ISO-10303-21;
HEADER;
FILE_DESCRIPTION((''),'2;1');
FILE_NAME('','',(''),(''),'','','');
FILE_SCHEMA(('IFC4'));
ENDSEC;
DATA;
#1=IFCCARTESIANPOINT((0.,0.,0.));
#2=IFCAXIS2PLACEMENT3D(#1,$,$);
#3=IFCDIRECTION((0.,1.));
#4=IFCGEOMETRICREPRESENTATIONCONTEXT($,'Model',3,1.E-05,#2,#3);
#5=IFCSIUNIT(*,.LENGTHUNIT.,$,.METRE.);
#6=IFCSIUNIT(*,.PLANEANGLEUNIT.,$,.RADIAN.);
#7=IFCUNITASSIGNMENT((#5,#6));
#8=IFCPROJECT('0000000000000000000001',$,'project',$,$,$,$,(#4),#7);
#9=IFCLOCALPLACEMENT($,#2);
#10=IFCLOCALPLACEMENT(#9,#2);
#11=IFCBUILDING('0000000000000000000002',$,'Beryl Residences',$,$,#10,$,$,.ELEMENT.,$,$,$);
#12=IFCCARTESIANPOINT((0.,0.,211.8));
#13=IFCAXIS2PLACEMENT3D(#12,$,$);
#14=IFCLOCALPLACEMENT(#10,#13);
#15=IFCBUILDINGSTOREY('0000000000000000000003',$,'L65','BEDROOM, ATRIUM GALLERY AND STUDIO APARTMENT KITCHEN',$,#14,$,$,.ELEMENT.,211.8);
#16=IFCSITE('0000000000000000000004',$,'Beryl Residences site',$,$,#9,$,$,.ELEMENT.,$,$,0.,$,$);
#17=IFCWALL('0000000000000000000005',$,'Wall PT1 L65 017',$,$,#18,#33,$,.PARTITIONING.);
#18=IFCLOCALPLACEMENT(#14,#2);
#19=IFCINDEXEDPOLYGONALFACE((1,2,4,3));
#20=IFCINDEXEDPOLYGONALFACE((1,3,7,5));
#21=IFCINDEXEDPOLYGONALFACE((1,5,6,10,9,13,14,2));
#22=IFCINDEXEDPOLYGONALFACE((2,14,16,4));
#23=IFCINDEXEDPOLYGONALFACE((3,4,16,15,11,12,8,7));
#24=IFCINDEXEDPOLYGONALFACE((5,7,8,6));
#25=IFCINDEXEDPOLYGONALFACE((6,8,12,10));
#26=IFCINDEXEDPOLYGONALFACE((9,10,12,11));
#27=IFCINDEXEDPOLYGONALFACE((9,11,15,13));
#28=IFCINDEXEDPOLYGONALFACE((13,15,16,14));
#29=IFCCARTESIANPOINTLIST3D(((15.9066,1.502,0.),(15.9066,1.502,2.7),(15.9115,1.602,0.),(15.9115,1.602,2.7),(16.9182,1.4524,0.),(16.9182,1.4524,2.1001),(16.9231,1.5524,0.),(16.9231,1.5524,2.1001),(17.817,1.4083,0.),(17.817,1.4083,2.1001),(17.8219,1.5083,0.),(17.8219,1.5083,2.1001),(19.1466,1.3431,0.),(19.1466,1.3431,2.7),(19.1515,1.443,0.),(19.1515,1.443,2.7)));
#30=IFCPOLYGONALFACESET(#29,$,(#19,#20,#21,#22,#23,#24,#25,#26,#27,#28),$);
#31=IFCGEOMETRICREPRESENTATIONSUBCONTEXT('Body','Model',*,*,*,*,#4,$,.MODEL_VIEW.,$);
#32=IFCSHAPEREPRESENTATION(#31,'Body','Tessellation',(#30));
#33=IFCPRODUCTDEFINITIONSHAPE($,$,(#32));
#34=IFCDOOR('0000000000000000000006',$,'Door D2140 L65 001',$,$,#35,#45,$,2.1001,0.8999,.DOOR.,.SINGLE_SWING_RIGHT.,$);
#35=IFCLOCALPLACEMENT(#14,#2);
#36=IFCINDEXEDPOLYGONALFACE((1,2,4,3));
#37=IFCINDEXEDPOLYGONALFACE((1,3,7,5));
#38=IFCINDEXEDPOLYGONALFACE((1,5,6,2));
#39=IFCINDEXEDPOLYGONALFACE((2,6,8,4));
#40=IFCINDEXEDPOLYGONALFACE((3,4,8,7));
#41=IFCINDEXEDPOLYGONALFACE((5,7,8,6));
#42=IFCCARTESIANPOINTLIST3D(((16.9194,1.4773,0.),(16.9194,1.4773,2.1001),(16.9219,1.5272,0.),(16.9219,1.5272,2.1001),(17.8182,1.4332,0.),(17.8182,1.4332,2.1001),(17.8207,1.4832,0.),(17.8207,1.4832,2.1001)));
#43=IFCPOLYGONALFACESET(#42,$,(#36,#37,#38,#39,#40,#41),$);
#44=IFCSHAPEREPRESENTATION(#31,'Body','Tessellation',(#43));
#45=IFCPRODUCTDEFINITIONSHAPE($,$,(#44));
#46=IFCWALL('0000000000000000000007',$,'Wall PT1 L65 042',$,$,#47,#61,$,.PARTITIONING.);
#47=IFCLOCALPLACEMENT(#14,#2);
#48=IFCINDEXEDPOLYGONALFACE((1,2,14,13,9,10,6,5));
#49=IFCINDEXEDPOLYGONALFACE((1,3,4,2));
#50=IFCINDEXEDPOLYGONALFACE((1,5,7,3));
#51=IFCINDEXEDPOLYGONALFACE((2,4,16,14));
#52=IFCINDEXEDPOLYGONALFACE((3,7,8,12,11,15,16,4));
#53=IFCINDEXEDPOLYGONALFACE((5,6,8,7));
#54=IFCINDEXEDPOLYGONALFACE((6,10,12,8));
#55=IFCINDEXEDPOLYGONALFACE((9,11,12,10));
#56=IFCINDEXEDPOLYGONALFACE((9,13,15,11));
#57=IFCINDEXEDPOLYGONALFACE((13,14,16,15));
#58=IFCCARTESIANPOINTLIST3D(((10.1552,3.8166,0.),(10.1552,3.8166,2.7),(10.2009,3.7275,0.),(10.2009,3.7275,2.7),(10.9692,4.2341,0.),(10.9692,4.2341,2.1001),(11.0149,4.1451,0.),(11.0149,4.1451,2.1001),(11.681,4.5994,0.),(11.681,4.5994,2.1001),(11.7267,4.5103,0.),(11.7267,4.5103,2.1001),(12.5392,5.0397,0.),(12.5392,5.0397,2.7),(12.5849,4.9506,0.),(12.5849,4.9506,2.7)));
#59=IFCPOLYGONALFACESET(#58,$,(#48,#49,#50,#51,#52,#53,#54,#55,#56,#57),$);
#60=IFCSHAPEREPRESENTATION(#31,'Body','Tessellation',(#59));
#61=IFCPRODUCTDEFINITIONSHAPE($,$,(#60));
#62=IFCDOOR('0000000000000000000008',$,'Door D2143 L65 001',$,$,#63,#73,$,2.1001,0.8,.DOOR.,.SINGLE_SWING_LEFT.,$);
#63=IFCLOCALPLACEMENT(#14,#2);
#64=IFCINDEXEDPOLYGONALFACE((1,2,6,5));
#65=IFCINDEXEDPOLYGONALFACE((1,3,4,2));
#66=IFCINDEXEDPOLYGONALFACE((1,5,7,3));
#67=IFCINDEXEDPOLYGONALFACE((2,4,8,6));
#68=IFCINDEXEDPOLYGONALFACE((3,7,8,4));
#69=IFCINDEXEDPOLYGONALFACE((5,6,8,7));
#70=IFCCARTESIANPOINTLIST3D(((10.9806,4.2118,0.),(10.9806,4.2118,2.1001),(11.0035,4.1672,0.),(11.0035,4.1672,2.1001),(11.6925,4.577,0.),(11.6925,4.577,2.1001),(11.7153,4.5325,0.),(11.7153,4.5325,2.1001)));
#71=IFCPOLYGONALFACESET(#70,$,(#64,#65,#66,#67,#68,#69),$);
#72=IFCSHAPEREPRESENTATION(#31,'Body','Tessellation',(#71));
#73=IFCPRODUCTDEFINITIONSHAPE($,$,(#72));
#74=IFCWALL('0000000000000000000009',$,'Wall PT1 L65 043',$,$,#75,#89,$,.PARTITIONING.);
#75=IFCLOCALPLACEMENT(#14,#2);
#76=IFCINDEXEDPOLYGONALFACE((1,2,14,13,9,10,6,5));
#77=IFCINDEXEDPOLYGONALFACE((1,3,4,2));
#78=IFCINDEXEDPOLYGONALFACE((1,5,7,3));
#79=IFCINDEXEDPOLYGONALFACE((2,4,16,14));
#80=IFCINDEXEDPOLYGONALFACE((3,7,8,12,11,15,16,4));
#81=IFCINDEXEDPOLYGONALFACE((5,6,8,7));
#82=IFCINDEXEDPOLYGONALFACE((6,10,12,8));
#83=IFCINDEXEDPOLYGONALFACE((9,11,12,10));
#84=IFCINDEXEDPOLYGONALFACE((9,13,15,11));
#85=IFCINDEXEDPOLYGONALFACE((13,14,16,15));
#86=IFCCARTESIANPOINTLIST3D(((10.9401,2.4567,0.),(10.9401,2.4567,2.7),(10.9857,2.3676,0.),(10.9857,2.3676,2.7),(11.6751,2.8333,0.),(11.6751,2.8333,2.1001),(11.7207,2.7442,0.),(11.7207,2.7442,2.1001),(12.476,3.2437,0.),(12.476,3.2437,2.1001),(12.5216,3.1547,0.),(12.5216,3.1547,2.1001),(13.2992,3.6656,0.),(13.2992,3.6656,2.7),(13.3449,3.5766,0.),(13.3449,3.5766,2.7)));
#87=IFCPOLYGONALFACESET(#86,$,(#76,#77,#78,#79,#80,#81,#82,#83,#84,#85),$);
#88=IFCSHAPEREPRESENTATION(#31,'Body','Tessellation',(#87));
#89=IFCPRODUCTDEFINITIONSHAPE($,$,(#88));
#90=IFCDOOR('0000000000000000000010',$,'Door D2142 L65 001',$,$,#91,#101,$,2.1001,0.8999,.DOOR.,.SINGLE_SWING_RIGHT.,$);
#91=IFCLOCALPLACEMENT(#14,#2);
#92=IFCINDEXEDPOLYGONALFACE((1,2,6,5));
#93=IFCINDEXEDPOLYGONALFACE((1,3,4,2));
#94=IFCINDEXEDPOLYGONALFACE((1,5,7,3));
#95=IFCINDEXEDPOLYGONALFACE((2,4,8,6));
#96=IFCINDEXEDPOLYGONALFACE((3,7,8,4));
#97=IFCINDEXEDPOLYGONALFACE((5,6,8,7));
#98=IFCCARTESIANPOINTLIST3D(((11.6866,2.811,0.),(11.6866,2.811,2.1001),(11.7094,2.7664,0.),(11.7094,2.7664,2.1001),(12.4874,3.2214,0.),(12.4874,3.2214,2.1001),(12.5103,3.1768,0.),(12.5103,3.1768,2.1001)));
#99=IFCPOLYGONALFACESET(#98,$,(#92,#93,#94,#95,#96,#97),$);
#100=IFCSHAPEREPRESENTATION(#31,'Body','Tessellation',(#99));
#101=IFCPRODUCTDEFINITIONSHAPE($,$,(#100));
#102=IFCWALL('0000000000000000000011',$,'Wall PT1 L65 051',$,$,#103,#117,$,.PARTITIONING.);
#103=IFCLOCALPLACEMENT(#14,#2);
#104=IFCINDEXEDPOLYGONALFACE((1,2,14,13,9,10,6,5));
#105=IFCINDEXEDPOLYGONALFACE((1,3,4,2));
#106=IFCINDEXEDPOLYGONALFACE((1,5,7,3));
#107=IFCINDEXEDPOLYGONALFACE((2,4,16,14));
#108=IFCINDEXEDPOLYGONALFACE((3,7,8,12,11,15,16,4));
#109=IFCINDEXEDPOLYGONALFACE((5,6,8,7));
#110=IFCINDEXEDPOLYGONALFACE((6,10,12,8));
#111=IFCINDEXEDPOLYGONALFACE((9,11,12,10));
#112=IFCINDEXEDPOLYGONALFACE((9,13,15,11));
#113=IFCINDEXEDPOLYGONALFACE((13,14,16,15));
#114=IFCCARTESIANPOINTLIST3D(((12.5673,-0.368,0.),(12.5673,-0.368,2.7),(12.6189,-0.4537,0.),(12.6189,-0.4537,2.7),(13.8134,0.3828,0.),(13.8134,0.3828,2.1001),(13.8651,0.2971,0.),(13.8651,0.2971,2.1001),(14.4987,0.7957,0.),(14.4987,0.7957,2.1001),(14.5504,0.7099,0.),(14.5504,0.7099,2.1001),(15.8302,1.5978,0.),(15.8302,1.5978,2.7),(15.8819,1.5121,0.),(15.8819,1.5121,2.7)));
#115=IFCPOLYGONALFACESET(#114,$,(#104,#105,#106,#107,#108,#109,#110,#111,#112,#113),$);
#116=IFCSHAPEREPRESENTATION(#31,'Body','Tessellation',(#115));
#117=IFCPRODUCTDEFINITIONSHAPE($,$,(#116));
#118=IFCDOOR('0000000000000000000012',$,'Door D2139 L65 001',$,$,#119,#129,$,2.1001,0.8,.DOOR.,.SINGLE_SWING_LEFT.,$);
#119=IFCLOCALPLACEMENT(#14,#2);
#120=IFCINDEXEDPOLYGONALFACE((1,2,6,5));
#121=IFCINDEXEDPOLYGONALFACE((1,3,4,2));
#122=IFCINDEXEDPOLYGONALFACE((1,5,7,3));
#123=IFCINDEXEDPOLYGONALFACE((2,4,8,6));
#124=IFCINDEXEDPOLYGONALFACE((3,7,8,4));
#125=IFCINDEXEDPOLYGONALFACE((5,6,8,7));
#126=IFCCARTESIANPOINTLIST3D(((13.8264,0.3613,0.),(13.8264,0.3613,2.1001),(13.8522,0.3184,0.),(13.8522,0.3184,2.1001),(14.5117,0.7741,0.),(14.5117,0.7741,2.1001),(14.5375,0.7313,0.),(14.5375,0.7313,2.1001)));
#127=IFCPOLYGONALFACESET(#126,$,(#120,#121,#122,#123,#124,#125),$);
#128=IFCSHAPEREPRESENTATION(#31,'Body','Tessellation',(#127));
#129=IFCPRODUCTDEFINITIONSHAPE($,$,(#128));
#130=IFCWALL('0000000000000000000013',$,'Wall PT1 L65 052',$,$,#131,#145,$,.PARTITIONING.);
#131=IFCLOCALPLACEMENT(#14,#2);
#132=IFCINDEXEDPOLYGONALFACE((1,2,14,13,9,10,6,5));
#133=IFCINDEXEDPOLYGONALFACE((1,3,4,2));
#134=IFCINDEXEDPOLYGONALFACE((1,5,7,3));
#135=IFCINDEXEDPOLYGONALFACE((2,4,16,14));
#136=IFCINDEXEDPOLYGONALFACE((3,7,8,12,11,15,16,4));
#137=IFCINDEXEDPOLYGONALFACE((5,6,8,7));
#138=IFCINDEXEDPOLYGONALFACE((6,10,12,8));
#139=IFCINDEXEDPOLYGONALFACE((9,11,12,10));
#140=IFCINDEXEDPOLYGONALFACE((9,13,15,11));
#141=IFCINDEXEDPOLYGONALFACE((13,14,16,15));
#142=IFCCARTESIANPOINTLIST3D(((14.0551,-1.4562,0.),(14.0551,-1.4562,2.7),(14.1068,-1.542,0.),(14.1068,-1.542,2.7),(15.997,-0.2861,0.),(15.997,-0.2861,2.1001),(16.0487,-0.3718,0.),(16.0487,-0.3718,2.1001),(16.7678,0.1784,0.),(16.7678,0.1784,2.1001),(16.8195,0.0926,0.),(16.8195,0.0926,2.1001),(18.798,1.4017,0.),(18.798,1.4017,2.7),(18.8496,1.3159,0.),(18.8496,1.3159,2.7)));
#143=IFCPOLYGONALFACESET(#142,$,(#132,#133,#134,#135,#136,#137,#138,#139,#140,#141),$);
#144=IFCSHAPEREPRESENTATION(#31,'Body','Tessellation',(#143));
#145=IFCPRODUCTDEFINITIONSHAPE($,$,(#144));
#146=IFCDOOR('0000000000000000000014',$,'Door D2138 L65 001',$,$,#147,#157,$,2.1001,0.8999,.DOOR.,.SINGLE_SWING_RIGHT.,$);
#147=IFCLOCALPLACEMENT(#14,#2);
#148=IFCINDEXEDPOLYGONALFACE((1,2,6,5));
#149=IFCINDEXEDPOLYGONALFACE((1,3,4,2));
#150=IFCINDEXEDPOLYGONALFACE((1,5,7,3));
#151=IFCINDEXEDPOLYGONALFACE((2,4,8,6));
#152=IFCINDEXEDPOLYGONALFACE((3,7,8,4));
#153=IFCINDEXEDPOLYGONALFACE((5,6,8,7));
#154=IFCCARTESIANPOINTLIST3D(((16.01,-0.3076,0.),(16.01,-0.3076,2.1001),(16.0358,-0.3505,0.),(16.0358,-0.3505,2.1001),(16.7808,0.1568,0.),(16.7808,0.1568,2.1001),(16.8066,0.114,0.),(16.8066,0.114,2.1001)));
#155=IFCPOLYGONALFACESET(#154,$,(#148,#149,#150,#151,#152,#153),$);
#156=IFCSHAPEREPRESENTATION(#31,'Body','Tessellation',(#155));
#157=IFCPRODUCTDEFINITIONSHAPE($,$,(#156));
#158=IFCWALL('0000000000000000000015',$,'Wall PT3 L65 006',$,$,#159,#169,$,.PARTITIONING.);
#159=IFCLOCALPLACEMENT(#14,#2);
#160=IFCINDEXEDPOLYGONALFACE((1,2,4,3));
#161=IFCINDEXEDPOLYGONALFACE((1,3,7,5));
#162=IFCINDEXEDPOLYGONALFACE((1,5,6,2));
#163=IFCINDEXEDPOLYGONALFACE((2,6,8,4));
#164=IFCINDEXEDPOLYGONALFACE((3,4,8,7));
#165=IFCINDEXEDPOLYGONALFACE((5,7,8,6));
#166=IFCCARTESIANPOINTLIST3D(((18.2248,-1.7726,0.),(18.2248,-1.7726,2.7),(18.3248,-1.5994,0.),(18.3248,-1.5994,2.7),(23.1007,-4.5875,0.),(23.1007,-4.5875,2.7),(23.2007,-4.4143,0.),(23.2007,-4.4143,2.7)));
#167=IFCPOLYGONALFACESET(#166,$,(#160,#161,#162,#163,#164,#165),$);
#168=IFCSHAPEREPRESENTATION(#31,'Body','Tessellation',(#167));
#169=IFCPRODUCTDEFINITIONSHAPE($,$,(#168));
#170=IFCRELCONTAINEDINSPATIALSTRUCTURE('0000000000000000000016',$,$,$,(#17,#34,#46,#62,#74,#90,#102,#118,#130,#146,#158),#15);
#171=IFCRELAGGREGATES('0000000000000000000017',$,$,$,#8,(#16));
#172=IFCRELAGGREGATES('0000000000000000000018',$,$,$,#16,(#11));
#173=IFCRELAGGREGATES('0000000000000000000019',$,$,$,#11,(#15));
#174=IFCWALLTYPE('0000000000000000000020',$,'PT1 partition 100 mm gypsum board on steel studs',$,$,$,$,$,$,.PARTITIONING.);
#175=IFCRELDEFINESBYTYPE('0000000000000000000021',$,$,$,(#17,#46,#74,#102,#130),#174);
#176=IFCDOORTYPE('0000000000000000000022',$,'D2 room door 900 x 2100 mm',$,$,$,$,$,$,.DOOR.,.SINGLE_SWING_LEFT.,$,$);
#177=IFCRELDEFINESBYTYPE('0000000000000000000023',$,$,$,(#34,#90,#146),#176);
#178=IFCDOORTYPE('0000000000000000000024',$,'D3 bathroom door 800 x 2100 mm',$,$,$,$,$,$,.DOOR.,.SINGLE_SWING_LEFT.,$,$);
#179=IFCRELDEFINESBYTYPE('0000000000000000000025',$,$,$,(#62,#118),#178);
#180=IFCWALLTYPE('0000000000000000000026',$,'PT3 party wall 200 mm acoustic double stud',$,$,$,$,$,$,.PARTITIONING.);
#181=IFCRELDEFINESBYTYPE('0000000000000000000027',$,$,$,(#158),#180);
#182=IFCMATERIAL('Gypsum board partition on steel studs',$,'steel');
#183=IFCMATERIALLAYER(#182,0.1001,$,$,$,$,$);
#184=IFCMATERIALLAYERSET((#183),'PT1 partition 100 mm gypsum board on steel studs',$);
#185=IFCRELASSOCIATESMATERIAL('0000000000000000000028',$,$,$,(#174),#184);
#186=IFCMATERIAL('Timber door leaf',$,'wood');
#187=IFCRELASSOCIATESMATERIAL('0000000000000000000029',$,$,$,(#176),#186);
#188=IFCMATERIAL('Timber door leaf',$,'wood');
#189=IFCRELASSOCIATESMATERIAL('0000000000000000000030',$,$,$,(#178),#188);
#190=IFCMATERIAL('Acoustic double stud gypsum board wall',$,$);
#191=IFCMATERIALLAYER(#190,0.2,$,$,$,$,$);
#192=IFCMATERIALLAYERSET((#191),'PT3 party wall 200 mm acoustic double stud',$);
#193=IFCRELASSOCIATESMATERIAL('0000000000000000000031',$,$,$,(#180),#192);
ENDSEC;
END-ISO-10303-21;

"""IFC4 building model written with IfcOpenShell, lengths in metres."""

from ifc_helpers import new_model, si_unit, direction, frame, frame_2d, origin, place, context, subcontext, project, spatial, rectangle, extrude, material, layer, layer_set, type_object, element, fill, save


model = new_model("IFC4")

# Units and contexts
model_context = context("Model", 3, precision=1e-05, world=origin(), true_north=direction((0.0, 1.0)))
body_context = subcontext(model_context, "Body", "Model", "MODEL_VIEW")
ifc_project = project(units=[si_unit("LENGTHUNIT", "METRE"), si_unit("PLANEANGLEUNIT", "RADIAN")], contexts=[model_context])

# Site, building, storey
site_placement = place(None, origin())
site = spatial("IfcSite", under=ifc_project, at=site_placement, Name="Beryl Residences site", CompositionType="ELEMENT", RefElevation=0.0)
building_placement = place(site_placement, origin())
building = spatial("IfcBuilding", under=site, at=building_placement, Name="Beryl Residences", CompositionType="ELEMENT")
storey_placement = place(building_placement, frame((0.0, 0.0, 211.8)))
storey = spatial("IfcBuildingStorey", under=building, at=storey_placement, Name="L65", Description="BEDROOM, ATRIUM GALLERY AND STUDIO APARTMENT KITCHEN", CompositionType="ELEMENT", Elevation=211.8)

# Shared definitions
ifc_material_1 = material(Name="Gypsum board partition on steel studs", Category="steel")
ifc_layer_1 = layer(ifc_material_1, 0.1001)
ifc_layer_set_1 = layer_set([ifc_layer_1], Name="PT1 partition 100 mm gypsum board on steel studs")
wall_type_1 = type_object("IfcWallType", Name="PT1 partition 100 mm gypsum board on steel studs", PredefinedType="PARTITIONING", material=ifc_layer_set_1)

# Walls, openings, doors
wall_1_placement = place(storey_placement, frame((15.9089, 1.552, 0.0), z_axis=(0.0, 0.0, 1.0), x_axis=(0.998799, -0.048995, 0.0)))
wall_1 = element("IfcWall", 1, at=wall_1_placement, inside=storey, type_object=wall_type_1, Name="Wall PT1 L65 017", PredefinedType="PARTITIONING", context=body_context, shape_type="SweptSolid", body=[
    extrude(rectangle(XDim=3.2439, YDim=0.1001, at=frame_2d((1.6221, 0.0))), origin(), (0.0, 0.0, 1.0), 2.7),
])
opening_1_placement = place(wall_1_placement, frame((1.0129, 0.0, 0.0)))
opening_1 = element("IfcOpeningElement", 2, at=opening_1_placement, cuts=wall_1, PredefinedType="OPENING", context=body_context, shape_type="SweptSolid", body=[
    extrude(rectangle(XDim=0.8999, YDim=2.1001, at=frame_2d((0.45, 1.05))), frame((0.0, 0.0601, 0.0), z_axis=(0.0, -1.0, 0.0), x_axis=(1.0, 0.0, 0.0)), (0.0, 0.0, 1.0), 0.1201),
])
ifc_material_2 = material(Name="Timber door leaf", Category="wood")
door_type_1 = type_object("IfcDoorType", Name="D2 room door 900 x 2100 mm", OperationType="SINGLE_SWING_LEFT", PredefinedType="DOOR", material=ifc_material_2)
door_1_placement = place(opening_1_placement, origin())
door_1 = element("IfcDoor", 3, at=door_1_placement, inside=storey, type_object=door_type_1, Name="Door D2140 L65 001", OperationType="SINGLE_SWING_RIGHT", OverallHeight=2.1001, OverallWidth=0.8999, PredefinedType="DOOR", context=body_context, shape_type="SweptSolid", body=[
    extrude(rectangle(XDim=0.8999, YDim=2.1001, at=frame_2d((0.45, 1.05))), frame((0.0, 0.0249, 0.0), z_axis=(0.0, -1.0, 0.0), x_axis=(1.0, 0.0, 0.0)), (0.0, 0.0, 1.0), 0.05),
])
fill(opening_1, door_1)
wall_2_placement = place(storey_placement, frame((10.178, 3.772, 0.0), z_axis=(0.0, 0.0, 1.0), x_axis=(0.889732, 0.456483, 0.0)))
wall_2 = element("IfcWall", 4, at=wall_2_placement, inside=storey, type_object=wall_type_1, Name="Wall PT1 L65 042", PredefinedType="PARTITIONING", context=body_context, shape_type="SweptSolid", body=[
    extrude(rectangle(XDim=2.6794, YDim=0.1001, at=frame_2d((1.3398, 0.0))), origin(), (0.0, 0.0, 1.0), 2.7),
])
opening_2_placement = place(wall_2_placement, frame((0.915, 0.0, 0.0)))
opening_2 = element("IfcOpeningElement", 5, at=opening_2_placement, cuts=wall_2, PredefinedType="OPENING", context=body_context, shape_type="SweptSolid", body=[
    extrude(rectangle(XDim=0.8, YDim=2.1001, at=frame_2d((0.3999, 1.05))), frame((0.0, 0.0601, 0.0), z_axis=(0.0, -1.0, 0.0), x_axis=(1.0, 0.0, 0.0)), (0.0, 0.0, 1.0), 0.1201),
])
ifc_material_3 = material(Name="Timber door leaf", Category="wood")
door_type_2 = type_object("IfcDoorType", Name="D3 bathroom door 800 x 2100 mm", OperationType="SINGLE_SWING_LEFT", PredefinedType="DOOR", material=ifc_material_3)
door_2_placement = place(opening_2_placement, origin())
door_2 = element("IfcDoor", 6, at=door_2_placement, inside=storey, type_object=door_type_2, Name="Door D2143 L65 001", OperationType="SINGLE_SWING_LEFT", OverallHeight=2.1001, OverallWidth=0.8, PredefinedType="DOOR", context=body_context, shape_type="SweptSolid", body=[
    extrude(rectangle(XDim=0.8, YDim=2.1001, at=frame_2d((0.3999, 1.05))), frame((0.0, 0.0249, 0.0), z_axis=(0.0, -1.0, 0.0), x_axis=(1.0, 0.0, 0.0)), (0.0, 0.0, 1.0), 0.05),
])
fill(opening_2, door_2)
wall_3_placement = place(storey_placement, frame((10.9629, 2.4121, 0.0), z_axis=(0.0, 0.0, 1.0), x_axis=(0.889944, 0.45607, 0.0)))
wall_3 = element("IfcWall", 7, at=wall_3_placement, inside=storey, type_object=wall_type_1, Name="Wall PT1 L65 043", PredefinedType="PARTITIONING", context=body_context, shape_type="SweptSolid", body=[
    extrude(rectangle(XDim=2.6509, YDim=0.1001, at=frame_2d((1.3254, 0.0))), origin(), (0.0, 0.0, 1.0), 2.7),
])
opening_3_placement = place(wall_3_placement, frame((0.8259, 0.0, 0.0)))
opening_3 = element("IfcOpeningElement", 8, at=opening_3_placement, cuts=wall_3, PredefinedType="OPENING", context=body_context, shape_type="SweptSolid", body=[
    extrude(rectangle(XDim=0.8999, YDim=2.1001, at=frame_2d((0.45, 1.05))), frame((0.0, 0.0601, 0.0), z_axis=(0.0, -1.0, 0.0), x_axis=(1.0, 0.0, 0.0)), (0.0, 0.0, 1.0), 0.1201),
])
door_3_placement = place(opening_3_placement, origin())
door_3 = element("IfcDoor", 9, at=door_3_placement, inside=storey, type_object=door_type_1, Name="Door D2142 L65 001", OperationType="SINGLE_SWING_RIGHT", OverallHeight=2.1001, OverallWidth=0.8999, PredefinedType="DOOR", context=body_context, shape_type="SweptSolid", body=[
    extrude(rectangle(XDim=0.8999, YDim=2.1001, at=frame_2d((0.45, 1.05))), frame((0.0, 0.0249, 0.0), z_axis=(0.0, -1.0, 0.0), x_axis=(1.0, 0.0, 0.0)), (0.0, 0.0, 1.0), 0.05),
])
fill(opening_3, door_3)
wall_4_placement = place(storey_placement, frame((12.593, -0.4109, 0.0), z_axis=(0.0, 0.0, 1.0), x_axis=(0.856558, 0.51605, 0.0)))
wall_4 = element("IfcWall", 10, at=wall_4_placement, inside=storey, type_object=wall_type_1, Name="Wall PT1 L65 051", PredefinedType="PARTITIONING", context=body_context, shape_type="SweptSolid", body=[
    extrude(rectangle(XDim=3.8093, YDim=0.1001, at=frame_2d((1.9048, 0.0))), origin(), (0.0, 0.0, 1.0), 2.7),
])
opening_4_placement = place(wall_4_placement, frame((1.4551, 0.0, 0.0)))
opening_4 = element("IfcOpeningElement", 11, at=opening_4_placement, cuts=wall_4, PredefinedType="OPENING", context=body_context, shape_type="SweptSolid", body=[
    extrude(rectangle(XDim=0.8, YDim=2.1001, at=frame_2d((0.3999, 1.05))), frame((0.0, 0.0601, 0.0), z_axis=(0.0, -1.0, 0.0), x_axis=(1.0, 0.0, 0.0)), (0.0, 0.0, 1.0), 0.1201),
])
door_4_placement = place(opening_4_placement, origin())
door_4 = element("IfcDoor", 12, at=door_4_placement, inside=storey, type_object=door_type_2, Name="Door D2139 L65 001", OperationType="SINGLE_SWING_LEFT", OverallHeight=2.1001, OverallWidth=0.8, PredefinedType="DOOR", context=body_context, shape_type="SweptSolid", body=[
    extrude(rectangle(XDim=0.8, YDim=2.1001, at=frame_2d((0.3999, 1.05))), frame((0.0, 0.0249, 0.0), z_axis=(0.0, -1.0, 0.0), x_axis=(1.0, 0.0, 0.0)), (0.0, 0.0, 1.0), 0.05),
])
fill(opening_4, door_4)
wall_5_placement = place(storey_placement, frame((14.0811, -1.499, 0.0), z_axis=(0.0, 0.0, 1.0), x_axis=(0.856523, 0.516109, 0.0)))
wall_5 = element("IfcWall", 13, at=wall_5_placement, inside=storey, type_object=wall_type_1, Name="Wall PT1 L65 052", PredefinedType="PARTITIONING", context=body_context, shape_type="SweptSolid", body=[
    extrude(rectangle(XDim=5.5374, YDim=0.1001, at=frame_2d((2.7686, 0.0))), origin(), (0.0, 0.0, 1.0), 2.7),
])
opening_5_placement = place(wall_5_placement, frame((2.2671, 0.0, 0.0)))
opening_5 = element("IfcOpeningElement", 14, at=opening_5_placement, cuts=wall_5, PredefinedType="OPENING", context=body_context, shape_type="SweptSolid", body=[
    extrude(rectangle(XDim=0.8999, YDim=2.1001, at=frame_2d((0.45, 1.05))), frame((0.0, 0.0601, 0.0), z_axis=(0.0, -1.0, 0.0), x_axis=(1.0, 0.0, 0.0)), (0.0, 0.0, 1.0), 0.1201),
])
door_5_placement = place(opening_5_placement, origin())
door_5 = element("IfcDoor", 15, at=door_5_placement, inside=storey, type_object=door_type_1, Name="Door D2138 L65 001", OperationType="SINGLE_SWING_RIGHT", OverallHeight=2.1001, OverallWidth=0.8999, PredefinedType="DOOR", context=body_context, shape_type="SweptSolid", body=[
    extrude(rectangle(XDim=0.8999, YDim=2.1001, at=frame_2d((0.45, 1.05))), frame((0.0, 0.0249, 0.0), z_axis=(0.0, -1.0, 0.0), x_axis=(1.0, 0.0, 0.0)), (0.0, 0.0, 1.0), 0.05),
])
fill(opening_5, door_5)

# Wall
ifc_material_4 = material(Name="Acoustic double stud gypsum board wall")
ifc_layer_2 = layer(ifc_material_4, 0.2)
ifc_layer_set_2 = layer_set([ifc_layer_2], Name="PT3 party wall 200 mm acoustic double stud")
wall_type_2 = type_object("IfcWallType", Name="PT3 party wall 200 mm acoustic double stud", PredefinedType="PARTITIONING", material=ifc_layer_set_2)
wall_6_placement = place(storey_placement, frame((18.2749, -1.686, 0.0), z_axis=(0.0, 0.0, 1.0), x_axis=(0.866041, -0.499973, 0.0)))
element("IfcWall", 16, at=wall_6_placement, inside=storey, type_object=wall_type_2, Name="Wall PT3 L65 006", PredefinedType="PARTITIONING", context=body_context, shape_type="SweptSolid", body=[
    extrude(rectangle(XDim=5.6301, YDim=0.2, at=frame_2d((2.8149, 0.0))), origin(), (0.0, 0.0, 1.0), 2.7),
])

save(model, "model.ifc")
